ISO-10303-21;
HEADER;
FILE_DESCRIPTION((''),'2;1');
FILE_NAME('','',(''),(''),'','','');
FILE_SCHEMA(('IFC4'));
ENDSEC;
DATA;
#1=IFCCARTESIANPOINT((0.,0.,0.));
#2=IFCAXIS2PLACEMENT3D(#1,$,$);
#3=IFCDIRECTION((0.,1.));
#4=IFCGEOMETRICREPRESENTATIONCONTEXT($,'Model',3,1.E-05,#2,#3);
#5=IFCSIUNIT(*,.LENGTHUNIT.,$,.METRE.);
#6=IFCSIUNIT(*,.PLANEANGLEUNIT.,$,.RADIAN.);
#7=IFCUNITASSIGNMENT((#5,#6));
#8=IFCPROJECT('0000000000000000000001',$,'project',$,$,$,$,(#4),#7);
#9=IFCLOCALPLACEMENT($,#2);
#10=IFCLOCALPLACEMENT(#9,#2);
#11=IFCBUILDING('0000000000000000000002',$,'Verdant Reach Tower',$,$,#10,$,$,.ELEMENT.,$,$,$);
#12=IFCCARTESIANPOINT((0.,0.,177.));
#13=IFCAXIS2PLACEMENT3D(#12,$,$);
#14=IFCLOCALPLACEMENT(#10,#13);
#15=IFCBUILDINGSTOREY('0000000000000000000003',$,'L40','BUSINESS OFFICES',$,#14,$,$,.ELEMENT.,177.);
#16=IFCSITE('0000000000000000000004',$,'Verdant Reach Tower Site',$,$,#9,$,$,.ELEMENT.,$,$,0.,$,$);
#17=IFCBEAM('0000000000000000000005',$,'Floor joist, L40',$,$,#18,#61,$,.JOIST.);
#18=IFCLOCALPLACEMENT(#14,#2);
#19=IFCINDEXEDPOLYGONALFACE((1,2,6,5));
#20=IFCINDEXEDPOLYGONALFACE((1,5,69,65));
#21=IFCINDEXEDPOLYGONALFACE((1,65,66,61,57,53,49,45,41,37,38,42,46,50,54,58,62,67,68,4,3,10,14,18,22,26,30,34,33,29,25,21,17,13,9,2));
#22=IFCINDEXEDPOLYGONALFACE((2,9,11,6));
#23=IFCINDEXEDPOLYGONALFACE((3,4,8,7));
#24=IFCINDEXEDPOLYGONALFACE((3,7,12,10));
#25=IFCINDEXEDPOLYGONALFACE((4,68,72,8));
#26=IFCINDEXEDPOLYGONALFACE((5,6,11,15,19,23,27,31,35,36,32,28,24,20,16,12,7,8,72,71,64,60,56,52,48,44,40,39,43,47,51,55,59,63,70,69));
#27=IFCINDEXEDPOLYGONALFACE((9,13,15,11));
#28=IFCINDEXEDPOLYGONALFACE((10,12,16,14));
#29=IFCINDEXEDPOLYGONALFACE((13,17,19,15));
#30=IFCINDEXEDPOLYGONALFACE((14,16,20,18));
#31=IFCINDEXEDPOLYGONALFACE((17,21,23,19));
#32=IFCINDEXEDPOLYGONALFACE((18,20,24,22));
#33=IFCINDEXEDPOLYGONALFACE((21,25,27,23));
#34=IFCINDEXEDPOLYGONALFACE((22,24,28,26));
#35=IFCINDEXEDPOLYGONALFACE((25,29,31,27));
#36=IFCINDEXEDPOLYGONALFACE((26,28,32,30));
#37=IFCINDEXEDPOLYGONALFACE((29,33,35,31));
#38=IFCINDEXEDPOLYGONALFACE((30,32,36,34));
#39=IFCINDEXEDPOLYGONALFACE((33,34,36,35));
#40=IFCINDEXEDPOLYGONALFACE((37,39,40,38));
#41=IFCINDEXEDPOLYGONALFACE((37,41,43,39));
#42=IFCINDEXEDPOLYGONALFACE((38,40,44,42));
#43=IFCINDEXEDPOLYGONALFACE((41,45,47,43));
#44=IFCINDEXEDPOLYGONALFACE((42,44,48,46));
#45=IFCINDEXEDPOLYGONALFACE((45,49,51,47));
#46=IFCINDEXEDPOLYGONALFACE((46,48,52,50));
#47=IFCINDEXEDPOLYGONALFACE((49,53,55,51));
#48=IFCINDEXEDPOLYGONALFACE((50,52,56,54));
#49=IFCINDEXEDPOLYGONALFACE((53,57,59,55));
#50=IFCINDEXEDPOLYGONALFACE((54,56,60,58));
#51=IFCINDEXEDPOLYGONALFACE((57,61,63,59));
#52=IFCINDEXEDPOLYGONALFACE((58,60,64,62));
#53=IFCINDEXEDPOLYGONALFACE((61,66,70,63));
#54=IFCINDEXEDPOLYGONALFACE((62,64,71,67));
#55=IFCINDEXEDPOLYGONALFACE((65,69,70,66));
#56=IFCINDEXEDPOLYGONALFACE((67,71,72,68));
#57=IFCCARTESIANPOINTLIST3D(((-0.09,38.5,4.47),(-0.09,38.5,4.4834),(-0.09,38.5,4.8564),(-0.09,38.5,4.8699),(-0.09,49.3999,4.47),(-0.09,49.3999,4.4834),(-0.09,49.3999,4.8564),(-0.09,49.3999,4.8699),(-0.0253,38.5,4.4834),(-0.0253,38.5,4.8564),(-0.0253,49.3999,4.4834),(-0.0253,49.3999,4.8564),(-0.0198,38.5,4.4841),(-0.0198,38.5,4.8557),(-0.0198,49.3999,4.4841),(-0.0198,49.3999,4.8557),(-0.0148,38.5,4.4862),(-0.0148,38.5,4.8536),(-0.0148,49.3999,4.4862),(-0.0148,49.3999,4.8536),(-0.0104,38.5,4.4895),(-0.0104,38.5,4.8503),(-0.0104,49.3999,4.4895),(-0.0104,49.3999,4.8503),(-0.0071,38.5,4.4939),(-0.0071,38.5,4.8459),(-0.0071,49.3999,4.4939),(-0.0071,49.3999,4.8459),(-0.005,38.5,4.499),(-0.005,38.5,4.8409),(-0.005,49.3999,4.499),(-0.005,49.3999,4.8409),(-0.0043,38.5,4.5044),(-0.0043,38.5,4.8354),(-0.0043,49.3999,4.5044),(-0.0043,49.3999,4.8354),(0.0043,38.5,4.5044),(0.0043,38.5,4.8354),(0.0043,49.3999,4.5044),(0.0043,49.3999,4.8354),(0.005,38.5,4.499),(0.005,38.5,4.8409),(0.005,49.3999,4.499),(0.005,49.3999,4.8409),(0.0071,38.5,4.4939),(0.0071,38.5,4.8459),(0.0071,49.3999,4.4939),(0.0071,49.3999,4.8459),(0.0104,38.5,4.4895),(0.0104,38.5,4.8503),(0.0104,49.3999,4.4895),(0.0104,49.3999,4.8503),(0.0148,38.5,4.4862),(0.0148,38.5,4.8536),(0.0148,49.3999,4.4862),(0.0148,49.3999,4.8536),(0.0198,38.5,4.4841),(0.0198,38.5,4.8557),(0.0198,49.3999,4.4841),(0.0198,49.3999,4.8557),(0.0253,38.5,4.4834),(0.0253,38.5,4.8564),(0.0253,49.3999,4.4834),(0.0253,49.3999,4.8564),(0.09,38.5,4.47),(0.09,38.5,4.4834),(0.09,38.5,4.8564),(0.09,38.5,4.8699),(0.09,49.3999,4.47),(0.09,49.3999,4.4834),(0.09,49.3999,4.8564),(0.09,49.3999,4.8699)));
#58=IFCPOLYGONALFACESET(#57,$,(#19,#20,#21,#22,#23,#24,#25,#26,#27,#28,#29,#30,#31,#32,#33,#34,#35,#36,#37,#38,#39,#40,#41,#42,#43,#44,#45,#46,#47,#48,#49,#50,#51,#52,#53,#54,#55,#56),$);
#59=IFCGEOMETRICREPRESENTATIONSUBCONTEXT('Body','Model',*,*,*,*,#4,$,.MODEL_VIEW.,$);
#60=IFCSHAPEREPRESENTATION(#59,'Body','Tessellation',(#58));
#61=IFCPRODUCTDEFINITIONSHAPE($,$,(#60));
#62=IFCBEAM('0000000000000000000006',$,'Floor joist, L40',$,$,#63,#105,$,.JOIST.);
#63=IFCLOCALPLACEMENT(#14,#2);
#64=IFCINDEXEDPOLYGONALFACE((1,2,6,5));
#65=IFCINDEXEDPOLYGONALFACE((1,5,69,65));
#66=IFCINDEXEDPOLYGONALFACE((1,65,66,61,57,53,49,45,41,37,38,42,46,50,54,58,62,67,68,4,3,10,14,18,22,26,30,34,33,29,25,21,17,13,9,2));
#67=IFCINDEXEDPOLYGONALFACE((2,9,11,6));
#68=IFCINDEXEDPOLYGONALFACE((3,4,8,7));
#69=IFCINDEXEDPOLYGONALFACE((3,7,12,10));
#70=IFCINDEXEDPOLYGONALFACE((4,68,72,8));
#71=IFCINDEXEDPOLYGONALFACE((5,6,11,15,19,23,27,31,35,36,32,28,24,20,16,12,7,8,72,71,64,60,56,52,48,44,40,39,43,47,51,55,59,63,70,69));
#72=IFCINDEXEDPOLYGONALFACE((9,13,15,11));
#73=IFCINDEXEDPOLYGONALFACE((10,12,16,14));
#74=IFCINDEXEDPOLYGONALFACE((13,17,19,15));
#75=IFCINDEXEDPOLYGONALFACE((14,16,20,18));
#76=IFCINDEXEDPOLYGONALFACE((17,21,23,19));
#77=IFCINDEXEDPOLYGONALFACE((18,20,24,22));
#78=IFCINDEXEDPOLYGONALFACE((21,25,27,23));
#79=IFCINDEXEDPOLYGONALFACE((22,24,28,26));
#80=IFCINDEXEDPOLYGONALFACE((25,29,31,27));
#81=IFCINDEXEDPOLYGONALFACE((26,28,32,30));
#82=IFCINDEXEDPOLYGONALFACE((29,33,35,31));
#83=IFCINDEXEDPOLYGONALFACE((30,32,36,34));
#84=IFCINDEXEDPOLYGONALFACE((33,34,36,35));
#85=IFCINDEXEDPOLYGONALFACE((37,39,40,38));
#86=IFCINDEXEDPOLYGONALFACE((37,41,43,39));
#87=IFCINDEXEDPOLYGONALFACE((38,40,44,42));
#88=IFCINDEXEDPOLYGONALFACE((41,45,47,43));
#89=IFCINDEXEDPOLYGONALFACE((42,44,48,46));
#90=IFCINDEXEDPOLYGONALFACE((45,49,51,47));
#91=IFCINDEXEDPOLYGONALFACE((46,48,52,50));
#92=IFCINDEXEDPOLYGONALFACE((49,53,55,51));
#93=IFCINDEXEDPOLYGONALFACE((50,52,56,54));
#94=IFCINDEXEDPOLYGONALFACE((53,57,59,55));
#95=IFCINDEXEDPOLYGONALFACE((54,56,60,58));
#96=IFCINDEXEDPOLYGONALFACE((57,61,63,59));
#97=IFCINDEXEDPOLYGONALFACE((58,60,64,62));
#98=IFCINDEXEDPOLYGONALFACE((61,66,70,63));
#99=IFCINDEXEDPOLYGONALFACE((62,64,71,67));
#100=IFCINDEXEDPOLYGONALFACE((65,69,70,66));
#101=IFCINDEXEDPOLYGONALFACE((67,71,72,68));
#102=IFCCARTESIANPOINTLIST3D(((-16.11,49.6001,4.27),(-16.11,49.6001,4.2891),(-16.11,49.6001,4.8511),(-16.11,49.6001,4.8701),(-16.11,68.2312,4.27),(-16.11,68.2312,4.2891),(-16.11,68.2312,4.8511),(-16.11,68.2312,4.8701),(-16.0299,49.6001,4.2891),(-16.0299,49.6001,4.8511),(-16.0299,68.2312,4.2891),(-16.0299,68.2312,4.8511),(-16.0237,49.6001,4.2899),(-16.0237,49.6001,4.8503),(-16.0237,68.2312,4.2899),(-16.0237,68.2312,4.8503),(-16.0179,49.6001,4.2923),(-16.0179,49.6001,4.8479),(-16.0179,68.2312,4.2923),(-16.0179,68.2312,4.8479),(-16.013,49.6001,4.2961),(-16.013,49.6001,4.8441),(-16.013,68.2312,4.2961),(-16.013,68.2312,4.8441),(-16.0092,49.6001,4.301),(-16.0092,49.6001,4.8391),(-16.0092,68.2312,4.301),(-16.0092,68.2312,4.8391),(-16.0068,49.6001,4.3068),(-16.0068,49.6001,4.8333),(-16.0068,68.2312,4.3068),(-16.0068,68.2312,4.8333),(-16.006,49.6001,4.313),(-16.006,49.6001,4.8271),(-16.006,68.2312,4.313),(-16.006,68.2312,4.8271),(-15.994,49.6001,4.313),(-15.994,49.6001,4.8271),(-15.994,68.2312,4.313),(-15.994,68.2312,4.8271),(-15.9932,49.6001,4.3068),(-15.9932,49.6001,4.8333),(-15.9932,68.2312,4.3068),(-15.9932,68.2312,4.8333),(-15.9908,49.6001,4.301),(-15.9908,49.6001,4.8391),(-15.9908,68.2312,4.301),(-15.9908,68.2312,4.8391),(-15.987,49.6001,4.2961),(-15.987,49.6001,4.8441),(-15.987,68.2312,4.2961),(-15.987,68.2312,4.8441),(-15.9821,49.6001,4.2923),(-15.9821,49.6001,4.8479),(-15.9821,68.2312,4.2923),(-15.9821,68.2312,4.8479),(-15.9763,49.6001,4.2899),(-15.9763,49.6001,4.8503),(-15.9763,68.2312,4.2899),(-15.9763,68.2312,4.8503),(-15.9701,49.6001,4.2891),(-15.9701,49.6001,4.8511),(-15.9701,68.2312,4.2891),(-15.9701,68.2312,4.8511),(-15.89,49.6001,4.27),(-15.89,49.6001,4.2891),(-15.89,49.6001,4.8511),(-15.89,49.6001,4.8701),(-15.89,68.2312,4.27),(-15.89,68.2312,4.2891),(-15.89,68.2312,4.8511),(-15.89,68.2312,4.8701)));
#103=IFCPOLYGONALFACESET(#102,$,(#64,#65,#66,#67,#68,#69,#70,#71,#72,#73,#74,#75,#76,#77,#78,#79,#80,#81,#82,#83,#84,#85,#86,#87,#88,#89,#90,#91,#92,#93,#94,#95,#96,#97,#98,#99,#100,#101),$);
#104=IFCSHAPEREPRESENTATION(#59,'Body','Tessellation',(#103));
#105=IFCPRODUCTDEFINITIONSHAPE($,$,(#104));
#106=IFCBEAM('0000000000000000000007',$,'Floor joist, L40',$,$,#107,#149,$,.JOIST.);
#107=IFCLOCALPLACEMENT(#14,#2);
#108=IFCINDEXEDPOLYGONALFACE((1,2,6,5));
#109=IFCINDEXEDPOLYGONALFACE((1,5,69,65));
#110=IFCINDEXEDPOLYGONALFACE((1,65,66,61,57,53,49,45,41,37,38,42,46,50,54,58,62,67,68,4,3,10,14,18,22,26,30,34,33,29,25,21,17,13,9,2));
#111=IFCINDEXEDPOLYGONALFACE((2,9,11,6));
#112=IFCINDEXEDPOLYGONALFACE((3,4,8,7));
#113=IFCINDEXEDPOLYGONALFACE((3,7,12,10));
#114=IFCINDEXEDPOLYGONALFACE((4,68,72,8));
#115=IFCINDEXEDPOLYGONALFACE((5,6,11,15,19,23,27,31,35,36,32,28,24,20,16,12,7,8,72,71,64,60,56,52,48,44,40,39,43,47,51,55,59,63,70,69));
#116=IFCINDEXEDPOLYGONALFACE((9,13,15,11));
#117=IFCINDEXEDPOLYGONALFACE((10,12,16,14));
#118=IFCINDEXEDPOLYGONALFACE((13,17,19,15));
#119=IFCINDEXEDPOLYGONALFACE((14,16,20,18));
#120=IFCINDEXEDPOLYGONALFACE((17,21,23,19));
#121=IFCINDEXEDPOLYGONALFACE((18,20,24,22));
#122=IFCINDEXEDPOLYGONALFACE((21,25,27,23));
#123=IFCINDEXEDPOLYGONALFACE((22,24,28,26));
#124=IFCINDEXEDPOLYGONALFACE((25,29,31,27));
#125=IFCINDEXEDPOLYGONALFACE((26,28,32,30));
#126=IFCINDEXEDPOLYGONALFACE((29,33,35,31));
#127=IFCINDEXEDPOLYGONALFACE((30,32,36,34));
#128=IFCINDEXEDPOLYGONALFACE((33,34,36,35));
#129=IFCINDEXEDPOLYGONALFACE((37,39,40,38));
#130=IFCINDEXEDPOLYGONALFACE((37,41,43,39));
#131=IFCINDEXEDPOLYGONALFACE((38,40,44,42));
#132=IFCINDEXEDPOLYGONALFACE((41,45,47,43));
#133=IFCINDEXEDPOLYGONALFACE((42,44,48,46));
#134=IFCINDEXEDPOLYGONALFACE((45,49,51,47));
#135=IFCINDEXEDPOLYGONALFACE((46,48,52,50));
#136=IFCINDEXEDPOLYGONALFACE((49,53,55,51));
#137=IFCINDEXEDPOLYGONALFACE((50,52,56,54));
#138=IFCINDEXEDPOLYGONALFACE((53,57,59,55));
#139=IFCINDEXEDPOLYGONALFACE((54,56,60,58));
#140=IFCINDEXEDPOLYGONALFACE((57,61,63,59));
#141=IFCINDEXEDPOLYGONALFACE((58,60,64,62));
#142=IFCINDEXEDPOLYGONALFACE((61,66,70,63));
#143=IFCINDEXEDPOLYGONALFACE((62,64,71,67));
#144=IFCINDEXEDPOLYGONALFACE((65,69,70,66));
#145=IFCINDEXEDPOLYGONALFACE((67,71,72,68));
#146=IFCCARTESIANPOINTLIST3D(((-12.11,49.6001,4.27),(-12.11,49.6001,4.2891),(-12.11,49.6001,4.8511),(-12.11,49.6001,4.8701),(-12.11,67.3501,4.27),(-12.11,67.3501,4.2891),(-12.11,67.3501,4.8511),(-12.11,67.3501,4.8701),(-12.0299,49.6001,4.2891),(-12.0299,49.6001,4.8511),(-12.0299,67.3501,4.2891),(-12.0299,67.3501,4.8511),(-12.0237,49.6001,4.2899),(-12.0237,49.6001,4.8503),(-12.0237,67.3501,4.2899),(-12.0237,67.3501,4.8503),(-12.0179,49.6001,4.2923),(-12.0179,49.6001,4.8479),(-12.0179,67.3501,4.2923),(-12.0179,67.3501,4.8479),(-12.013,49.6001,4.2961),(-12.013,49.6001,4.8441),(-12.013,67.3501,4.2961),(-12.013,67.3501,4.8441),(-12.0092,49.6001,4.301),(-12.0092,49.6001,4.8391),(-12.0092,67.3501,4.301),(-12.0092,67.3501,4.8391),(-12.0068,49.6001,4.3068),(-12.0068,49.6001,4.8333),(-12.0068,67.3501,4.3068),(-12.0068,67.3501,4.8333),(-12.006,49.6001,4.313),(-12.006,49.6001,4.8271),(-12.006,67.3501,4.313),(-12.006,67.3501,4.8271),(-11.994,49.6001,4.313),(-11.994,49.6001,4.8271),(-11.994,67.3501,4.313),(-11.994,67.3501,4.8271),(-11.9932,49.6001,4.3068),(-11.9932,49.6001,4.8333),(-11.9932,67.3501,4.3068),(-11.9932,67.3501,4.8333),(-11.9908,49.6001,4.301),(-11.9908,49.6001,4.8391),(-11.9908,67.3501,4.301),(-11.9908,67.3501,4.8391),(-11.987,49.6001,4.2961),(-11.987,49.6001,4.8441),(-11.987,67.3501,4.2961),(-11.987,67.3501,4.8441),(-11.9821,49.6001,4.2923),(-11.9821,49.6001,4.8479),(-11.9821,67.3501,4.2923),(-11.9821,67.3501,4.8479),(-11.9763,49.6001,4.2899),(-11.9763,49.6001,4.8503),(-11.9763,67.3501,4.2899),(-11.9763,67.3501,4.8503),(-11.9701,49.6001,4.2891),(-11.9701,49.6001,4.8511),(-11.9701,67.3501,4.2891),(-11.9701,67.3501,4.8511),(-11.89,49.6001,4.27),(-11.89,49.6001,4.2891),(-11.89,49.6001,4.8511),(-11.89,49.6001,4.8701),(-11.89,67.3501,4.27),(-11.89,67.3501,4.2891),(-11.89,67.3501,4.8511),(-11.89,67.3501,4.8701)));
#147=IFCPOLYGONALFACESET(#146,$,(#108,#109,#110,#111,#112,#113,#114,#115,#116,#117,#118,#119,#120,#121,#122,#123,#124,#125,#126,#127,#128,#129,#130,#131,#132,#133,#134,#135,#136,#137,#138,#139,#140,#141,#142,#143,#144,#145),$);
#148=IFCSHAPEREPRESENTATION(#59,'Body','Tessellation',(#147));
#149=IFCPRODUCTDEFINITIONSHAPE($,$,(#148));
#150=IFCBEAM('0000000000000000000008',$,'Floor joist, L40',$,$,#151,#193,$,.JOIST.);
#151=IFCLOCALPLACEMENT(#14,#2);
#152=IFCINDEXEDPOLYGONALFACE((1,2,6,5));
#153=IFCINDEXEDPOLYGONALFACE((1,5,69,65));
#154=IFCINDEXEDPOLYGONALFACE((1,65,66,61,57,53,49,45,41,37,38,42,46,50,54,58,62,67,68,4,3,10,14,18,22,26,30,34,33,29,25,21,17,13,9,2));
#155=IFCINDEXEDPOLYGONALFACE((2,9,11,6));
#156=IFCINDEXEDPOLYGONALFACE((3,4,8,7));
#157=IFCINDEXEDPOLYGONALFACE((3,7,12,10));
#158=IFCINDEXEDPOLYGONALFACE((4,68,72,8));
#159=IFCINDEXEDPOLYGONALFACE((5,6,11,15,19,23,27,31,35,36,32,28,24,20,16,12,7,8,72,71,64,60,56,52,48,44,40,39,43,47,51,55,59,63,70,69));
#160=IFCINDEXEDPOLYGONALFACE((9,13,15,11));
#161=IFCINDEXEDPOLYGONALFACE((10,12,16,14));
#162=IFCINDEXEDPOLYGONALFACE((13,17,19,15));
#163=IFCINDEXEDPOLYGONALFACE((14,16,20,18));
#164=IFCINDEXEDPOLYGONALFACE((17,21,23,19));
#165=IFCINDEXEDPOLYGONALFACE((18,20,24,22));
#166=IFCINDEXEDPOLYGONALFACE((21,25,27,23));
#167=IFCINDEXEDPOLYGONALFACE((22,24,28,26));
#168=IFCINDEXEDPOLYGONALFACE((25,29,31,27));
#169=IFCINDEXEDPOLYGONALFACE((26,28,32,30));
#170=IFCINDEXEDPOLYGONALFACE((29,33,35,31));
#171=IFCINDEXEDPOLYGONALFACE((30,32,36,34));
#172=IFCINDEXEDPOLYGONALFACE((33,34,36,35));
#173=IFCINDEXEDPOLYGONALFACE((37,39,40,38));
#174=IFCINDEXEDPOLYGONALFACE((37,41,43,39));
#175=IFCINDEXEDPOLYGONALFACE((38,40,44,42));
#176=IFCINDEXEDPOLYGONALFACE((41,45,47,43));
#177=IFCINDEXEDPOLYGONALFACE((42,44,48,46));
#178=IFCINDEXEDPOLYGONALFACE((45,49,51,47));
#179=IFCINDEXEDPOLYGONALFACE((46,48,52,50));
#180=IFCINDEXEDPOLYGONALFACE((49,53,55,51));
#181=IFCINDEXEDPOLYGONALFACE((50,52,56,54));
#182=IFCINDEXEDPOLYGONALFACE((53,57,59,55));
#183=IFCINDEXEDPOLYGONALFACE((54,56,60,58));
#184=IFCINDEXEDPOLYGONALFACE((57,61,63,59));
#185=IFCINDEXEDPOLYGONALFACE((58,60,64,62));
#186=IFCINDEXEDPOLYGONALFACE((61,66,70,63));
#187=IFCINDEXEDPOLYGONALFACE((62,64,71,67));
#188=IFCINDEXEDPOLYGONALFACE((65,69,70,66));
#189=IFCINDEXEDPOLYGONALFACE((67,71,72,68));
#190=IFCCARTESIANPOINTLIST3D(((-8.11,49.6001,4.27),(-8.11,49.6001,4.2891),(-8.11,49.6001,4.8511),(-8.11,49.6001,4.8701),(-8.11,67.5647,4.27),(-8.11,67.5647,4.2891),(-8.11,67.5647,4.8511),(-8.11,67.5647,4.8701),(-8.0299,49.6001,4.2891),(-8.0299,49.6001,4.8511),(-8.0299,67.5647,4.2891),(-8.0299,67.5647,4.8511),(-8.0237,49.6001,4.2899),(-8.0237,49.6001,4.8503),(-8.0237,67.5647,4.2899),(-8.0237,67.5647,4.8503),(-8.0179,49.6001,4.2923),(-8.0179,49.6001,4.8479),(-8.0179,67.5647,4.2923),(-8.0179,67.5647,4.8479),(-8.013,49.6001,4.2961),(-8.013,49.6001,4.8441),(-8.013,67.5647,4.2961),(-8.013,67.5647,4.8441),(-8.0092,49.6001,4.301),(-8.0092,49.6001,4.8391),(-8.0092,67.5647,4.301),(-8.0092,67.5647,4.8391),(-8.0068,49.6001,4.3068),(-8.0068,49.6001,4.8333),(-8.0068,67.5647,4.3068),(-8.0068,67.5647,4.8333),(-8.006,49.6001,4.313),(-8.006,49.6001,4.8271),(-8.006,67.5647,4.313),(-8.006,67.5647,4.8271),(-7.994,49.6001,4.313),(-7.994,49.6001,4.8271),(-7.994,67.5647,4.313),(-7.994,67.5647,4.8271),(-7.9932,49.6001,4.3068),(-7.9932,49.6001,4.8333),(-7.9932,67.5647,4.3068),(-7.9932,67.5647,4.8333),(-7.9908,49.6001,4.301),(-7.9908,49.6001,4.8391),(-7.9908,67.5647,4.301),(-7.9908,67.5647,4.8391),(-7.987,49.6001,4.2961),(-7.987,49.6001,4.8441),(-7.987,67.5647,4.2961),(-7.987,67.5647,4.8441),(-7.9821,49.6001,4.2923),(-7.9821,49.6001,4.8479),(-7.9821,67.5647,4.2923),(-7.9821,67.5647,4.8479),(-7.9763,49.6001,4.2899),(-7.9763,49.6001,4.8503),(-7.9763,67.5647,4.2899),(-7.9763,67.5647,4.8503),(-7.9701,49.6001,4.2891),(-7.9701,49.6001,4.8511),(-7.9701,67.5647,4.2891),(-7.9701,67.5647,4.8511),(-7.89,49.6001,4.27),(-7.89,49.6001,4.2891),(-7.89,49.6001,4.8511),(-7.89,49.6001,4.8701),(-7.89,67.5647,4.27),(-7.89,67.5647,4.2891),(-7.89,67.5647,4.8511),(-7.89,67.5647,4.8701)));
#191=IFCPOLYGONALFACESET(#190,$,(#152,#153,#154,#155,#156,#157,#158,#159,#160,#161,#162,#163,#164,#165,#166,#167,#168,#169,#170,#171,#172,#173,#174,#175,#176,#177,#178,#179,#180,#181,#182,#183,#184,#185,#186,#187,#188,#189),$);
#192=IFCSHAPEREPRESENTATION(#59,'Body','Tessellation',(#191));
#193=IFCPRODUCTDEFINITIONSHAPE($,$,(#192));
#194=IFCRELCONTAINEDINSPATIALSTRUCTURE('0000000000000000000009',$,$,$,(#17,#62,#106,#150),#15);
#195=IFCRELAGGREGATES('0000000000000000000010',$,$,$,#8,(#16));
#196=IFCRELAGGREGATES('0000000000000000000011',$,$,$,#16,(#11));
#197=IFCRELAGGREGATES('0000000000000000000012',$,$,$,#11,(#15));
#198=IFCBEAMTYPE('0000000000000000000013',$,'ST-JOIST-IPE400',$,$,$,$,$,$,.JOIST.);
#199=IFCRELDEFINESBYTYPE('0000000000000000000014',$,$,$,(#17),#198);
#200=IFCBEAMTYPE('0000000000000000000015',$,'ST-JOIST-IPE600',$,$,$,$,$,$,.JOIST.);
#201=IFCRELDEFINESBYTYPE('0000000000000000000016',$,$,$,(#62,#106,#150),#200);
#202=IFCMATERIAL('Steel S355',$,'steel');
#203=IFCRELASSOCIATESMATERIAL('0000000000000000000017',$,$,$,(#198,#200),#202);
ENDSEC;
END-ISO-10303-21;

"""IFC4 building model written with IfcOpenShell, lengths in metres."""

from ifc_helpers import new_model, si_unit, direction, frame, origin, origin_2d, place, context, subcontext, project, spatial, i_section, extrude, material, material_profile, profile_set, type_object, element, save


model = new_model("IFC4")

# Units and contexts
model_context = context("Model", 3, precision=1e-05, world=origin(), true_north=direction((0.0, 1.0)))
body_context = subcontext(model_context, "Body", "Model", "MODEL_VIEW")
ifc_project = project(units=[si_unit("LENGTHUNIT", "METRE"), si_unit("PLANEANGLEUNIT", "RADIAN")], contexts=[model_context])

# Site, building, storey
site_placement = place(None, origin())
site = spatial("IfcSite", under=ifc_project, at=site_placement, Name="Verdant Reach Tower Site", CompositionType="ELEMENT", RefElevation=0.0)
building_placement = place(site_placement, origin())
building = spatial("IfcBuilding", under=site, at=building_placement, Name="Verdant Reach Tower", CompositionType="ELEMENT")
storey_placement = place(building_placement, frame((0.0, 0.0, 177.0)))
storey = spatial("IfcBuildingStorey", under=building, at=storey_placement, Name="L40", Description="BUSINESS OFFICES", CompositionType="ELEMENT", Elevation=177.0)

# Beams
ifc_material_1 = material(Name="Steel S355", Category="steel")
ifc_material_profile_1 = material_profile(ifc_material_1, i_section(OverallWidth=0.1799, OverallDepth=0.3999, WebThickness=0.0085, FlangeThickness=0.0134, FilletRadius=0.021, at=origin_2d()), Name="IPE 400")
ifc_profile_set_1 = profile_set([ifc_material_profile_1], Name="Steel S355")
beam_type_1 = type_object("IfcBeamType", Name="ST-JOIST-IPE400", PredefinedType="JOIST", material=ifc_profile_set_1)
for number, where, z_axis, x_axis, name in (
    (1, (0.0, 38.5, 4.6699), (0.0, 1.0, 0.0), (-1.0, 0.0, 0.0), "Floor joist, L40"),
):
    element("IfcBeam", number, at=place(storey_placement, frame(where, z_axis=z_axis, x_axis=x_axis)), inside=storey, type_object=beam_type_1, Name=name, PredefinedType="JOIST", context=body_context, shape_type="SweptSolid", body=[
        extrude(i_section(OverallWidth=0.1799, OverallDepth=0.3999, WebThickness=0.0085, FlangeThickness=0.0134, FilletRadius=0.021, at=origin_2d()), origin(), (0.0, 0.0, 1.0), 10.8999),
    ])
ifc_material_profile_2 = material_profile(ifc_material_1, i_section(OverallWidth=0.22, OverallDepth=0.6001, WebThickness=0.012, FlangeThickness=0.019, FilletRadius=0.0239, at=origin_2d()), Name="IPE 600")
ifc_profile_set_2 = profile_set([ifc_material_profile_2], Name="Steel S355")
beam_type_2 = type_object("IfcBeamType", Name="ST-JOIST-IPE600", PredefinedType="JOIST", material=ifc_profile_set_2)
beam_1_placement = place(storey_placement, frame((-16.0, 49.6001, 4.5701), z_axis=(0.0, 1.0, 0.0), x_axis=(-1.0, 0.0, 0.0)))
element("IfcBeam", 2, at=beam_1_placement, inside=storey, type_object=beam_type_2, Name="Floor joist, L40", PredefinedType="JOIST", context=body_context, shape_type="SweptSolid", body=[
    extrude(i_section(OverallWidth=0.22, OverallDepth=0.6001, WebThickness=0.012, FlangeThickness=0.019, FilletRadius=0.0239, at=origin_2d()), origin(), (0.0, 0.0, 1.0), 18.6311),
])
beam_2_placement = place(storey_placement, frame((-12.0, 49.6001, 4.5701), z_axis=(0.0, 1.0, 0.0), x_axis=(-1.0, 0.0, 0.0)))
element("IfcBeam", 3, at=beam_2_placement, inside=storey, type_object=beam_type_2, Name="Floor joist, L40", PredefinedType="JOIST", context=body_context, shape_type="SweptSolid", body=[
    extrude(i_section(OverallWidth=0.22, OverallDepth=0.6001, WebThickness=0.012, FlangeThickness=0.019, FilletRadius=0.0239, at=origin_2d()), origin(), (0.0, 0.0, 1.0), 17.75),
])
beam_3_placement = place(storey_placement, frame((-8.0, 49.6001, 4.5701), z_axis=(0.0, 1.0, 0.0), x_axis=(-1.0, 0.0, 0.0)))
element("IfcBeam", 4, at=beam_3_placement, inside=storey, type_object=beam_type_2, Name="Floor joist, L40", PredefinedType="JOIST", context=body_context, shape_type="SweptSolid", body=[
    extrude(i_section(OverallWidth=0.22, OverallDepth=0.6001, WebThickness=0.012, FlangeThickness=0.019, FilletRadius=0.0239, at=origin_2d()), origin(), (0.0, 0.0, 1.0), 17.9646),
])

save(model, "model.ifc")
